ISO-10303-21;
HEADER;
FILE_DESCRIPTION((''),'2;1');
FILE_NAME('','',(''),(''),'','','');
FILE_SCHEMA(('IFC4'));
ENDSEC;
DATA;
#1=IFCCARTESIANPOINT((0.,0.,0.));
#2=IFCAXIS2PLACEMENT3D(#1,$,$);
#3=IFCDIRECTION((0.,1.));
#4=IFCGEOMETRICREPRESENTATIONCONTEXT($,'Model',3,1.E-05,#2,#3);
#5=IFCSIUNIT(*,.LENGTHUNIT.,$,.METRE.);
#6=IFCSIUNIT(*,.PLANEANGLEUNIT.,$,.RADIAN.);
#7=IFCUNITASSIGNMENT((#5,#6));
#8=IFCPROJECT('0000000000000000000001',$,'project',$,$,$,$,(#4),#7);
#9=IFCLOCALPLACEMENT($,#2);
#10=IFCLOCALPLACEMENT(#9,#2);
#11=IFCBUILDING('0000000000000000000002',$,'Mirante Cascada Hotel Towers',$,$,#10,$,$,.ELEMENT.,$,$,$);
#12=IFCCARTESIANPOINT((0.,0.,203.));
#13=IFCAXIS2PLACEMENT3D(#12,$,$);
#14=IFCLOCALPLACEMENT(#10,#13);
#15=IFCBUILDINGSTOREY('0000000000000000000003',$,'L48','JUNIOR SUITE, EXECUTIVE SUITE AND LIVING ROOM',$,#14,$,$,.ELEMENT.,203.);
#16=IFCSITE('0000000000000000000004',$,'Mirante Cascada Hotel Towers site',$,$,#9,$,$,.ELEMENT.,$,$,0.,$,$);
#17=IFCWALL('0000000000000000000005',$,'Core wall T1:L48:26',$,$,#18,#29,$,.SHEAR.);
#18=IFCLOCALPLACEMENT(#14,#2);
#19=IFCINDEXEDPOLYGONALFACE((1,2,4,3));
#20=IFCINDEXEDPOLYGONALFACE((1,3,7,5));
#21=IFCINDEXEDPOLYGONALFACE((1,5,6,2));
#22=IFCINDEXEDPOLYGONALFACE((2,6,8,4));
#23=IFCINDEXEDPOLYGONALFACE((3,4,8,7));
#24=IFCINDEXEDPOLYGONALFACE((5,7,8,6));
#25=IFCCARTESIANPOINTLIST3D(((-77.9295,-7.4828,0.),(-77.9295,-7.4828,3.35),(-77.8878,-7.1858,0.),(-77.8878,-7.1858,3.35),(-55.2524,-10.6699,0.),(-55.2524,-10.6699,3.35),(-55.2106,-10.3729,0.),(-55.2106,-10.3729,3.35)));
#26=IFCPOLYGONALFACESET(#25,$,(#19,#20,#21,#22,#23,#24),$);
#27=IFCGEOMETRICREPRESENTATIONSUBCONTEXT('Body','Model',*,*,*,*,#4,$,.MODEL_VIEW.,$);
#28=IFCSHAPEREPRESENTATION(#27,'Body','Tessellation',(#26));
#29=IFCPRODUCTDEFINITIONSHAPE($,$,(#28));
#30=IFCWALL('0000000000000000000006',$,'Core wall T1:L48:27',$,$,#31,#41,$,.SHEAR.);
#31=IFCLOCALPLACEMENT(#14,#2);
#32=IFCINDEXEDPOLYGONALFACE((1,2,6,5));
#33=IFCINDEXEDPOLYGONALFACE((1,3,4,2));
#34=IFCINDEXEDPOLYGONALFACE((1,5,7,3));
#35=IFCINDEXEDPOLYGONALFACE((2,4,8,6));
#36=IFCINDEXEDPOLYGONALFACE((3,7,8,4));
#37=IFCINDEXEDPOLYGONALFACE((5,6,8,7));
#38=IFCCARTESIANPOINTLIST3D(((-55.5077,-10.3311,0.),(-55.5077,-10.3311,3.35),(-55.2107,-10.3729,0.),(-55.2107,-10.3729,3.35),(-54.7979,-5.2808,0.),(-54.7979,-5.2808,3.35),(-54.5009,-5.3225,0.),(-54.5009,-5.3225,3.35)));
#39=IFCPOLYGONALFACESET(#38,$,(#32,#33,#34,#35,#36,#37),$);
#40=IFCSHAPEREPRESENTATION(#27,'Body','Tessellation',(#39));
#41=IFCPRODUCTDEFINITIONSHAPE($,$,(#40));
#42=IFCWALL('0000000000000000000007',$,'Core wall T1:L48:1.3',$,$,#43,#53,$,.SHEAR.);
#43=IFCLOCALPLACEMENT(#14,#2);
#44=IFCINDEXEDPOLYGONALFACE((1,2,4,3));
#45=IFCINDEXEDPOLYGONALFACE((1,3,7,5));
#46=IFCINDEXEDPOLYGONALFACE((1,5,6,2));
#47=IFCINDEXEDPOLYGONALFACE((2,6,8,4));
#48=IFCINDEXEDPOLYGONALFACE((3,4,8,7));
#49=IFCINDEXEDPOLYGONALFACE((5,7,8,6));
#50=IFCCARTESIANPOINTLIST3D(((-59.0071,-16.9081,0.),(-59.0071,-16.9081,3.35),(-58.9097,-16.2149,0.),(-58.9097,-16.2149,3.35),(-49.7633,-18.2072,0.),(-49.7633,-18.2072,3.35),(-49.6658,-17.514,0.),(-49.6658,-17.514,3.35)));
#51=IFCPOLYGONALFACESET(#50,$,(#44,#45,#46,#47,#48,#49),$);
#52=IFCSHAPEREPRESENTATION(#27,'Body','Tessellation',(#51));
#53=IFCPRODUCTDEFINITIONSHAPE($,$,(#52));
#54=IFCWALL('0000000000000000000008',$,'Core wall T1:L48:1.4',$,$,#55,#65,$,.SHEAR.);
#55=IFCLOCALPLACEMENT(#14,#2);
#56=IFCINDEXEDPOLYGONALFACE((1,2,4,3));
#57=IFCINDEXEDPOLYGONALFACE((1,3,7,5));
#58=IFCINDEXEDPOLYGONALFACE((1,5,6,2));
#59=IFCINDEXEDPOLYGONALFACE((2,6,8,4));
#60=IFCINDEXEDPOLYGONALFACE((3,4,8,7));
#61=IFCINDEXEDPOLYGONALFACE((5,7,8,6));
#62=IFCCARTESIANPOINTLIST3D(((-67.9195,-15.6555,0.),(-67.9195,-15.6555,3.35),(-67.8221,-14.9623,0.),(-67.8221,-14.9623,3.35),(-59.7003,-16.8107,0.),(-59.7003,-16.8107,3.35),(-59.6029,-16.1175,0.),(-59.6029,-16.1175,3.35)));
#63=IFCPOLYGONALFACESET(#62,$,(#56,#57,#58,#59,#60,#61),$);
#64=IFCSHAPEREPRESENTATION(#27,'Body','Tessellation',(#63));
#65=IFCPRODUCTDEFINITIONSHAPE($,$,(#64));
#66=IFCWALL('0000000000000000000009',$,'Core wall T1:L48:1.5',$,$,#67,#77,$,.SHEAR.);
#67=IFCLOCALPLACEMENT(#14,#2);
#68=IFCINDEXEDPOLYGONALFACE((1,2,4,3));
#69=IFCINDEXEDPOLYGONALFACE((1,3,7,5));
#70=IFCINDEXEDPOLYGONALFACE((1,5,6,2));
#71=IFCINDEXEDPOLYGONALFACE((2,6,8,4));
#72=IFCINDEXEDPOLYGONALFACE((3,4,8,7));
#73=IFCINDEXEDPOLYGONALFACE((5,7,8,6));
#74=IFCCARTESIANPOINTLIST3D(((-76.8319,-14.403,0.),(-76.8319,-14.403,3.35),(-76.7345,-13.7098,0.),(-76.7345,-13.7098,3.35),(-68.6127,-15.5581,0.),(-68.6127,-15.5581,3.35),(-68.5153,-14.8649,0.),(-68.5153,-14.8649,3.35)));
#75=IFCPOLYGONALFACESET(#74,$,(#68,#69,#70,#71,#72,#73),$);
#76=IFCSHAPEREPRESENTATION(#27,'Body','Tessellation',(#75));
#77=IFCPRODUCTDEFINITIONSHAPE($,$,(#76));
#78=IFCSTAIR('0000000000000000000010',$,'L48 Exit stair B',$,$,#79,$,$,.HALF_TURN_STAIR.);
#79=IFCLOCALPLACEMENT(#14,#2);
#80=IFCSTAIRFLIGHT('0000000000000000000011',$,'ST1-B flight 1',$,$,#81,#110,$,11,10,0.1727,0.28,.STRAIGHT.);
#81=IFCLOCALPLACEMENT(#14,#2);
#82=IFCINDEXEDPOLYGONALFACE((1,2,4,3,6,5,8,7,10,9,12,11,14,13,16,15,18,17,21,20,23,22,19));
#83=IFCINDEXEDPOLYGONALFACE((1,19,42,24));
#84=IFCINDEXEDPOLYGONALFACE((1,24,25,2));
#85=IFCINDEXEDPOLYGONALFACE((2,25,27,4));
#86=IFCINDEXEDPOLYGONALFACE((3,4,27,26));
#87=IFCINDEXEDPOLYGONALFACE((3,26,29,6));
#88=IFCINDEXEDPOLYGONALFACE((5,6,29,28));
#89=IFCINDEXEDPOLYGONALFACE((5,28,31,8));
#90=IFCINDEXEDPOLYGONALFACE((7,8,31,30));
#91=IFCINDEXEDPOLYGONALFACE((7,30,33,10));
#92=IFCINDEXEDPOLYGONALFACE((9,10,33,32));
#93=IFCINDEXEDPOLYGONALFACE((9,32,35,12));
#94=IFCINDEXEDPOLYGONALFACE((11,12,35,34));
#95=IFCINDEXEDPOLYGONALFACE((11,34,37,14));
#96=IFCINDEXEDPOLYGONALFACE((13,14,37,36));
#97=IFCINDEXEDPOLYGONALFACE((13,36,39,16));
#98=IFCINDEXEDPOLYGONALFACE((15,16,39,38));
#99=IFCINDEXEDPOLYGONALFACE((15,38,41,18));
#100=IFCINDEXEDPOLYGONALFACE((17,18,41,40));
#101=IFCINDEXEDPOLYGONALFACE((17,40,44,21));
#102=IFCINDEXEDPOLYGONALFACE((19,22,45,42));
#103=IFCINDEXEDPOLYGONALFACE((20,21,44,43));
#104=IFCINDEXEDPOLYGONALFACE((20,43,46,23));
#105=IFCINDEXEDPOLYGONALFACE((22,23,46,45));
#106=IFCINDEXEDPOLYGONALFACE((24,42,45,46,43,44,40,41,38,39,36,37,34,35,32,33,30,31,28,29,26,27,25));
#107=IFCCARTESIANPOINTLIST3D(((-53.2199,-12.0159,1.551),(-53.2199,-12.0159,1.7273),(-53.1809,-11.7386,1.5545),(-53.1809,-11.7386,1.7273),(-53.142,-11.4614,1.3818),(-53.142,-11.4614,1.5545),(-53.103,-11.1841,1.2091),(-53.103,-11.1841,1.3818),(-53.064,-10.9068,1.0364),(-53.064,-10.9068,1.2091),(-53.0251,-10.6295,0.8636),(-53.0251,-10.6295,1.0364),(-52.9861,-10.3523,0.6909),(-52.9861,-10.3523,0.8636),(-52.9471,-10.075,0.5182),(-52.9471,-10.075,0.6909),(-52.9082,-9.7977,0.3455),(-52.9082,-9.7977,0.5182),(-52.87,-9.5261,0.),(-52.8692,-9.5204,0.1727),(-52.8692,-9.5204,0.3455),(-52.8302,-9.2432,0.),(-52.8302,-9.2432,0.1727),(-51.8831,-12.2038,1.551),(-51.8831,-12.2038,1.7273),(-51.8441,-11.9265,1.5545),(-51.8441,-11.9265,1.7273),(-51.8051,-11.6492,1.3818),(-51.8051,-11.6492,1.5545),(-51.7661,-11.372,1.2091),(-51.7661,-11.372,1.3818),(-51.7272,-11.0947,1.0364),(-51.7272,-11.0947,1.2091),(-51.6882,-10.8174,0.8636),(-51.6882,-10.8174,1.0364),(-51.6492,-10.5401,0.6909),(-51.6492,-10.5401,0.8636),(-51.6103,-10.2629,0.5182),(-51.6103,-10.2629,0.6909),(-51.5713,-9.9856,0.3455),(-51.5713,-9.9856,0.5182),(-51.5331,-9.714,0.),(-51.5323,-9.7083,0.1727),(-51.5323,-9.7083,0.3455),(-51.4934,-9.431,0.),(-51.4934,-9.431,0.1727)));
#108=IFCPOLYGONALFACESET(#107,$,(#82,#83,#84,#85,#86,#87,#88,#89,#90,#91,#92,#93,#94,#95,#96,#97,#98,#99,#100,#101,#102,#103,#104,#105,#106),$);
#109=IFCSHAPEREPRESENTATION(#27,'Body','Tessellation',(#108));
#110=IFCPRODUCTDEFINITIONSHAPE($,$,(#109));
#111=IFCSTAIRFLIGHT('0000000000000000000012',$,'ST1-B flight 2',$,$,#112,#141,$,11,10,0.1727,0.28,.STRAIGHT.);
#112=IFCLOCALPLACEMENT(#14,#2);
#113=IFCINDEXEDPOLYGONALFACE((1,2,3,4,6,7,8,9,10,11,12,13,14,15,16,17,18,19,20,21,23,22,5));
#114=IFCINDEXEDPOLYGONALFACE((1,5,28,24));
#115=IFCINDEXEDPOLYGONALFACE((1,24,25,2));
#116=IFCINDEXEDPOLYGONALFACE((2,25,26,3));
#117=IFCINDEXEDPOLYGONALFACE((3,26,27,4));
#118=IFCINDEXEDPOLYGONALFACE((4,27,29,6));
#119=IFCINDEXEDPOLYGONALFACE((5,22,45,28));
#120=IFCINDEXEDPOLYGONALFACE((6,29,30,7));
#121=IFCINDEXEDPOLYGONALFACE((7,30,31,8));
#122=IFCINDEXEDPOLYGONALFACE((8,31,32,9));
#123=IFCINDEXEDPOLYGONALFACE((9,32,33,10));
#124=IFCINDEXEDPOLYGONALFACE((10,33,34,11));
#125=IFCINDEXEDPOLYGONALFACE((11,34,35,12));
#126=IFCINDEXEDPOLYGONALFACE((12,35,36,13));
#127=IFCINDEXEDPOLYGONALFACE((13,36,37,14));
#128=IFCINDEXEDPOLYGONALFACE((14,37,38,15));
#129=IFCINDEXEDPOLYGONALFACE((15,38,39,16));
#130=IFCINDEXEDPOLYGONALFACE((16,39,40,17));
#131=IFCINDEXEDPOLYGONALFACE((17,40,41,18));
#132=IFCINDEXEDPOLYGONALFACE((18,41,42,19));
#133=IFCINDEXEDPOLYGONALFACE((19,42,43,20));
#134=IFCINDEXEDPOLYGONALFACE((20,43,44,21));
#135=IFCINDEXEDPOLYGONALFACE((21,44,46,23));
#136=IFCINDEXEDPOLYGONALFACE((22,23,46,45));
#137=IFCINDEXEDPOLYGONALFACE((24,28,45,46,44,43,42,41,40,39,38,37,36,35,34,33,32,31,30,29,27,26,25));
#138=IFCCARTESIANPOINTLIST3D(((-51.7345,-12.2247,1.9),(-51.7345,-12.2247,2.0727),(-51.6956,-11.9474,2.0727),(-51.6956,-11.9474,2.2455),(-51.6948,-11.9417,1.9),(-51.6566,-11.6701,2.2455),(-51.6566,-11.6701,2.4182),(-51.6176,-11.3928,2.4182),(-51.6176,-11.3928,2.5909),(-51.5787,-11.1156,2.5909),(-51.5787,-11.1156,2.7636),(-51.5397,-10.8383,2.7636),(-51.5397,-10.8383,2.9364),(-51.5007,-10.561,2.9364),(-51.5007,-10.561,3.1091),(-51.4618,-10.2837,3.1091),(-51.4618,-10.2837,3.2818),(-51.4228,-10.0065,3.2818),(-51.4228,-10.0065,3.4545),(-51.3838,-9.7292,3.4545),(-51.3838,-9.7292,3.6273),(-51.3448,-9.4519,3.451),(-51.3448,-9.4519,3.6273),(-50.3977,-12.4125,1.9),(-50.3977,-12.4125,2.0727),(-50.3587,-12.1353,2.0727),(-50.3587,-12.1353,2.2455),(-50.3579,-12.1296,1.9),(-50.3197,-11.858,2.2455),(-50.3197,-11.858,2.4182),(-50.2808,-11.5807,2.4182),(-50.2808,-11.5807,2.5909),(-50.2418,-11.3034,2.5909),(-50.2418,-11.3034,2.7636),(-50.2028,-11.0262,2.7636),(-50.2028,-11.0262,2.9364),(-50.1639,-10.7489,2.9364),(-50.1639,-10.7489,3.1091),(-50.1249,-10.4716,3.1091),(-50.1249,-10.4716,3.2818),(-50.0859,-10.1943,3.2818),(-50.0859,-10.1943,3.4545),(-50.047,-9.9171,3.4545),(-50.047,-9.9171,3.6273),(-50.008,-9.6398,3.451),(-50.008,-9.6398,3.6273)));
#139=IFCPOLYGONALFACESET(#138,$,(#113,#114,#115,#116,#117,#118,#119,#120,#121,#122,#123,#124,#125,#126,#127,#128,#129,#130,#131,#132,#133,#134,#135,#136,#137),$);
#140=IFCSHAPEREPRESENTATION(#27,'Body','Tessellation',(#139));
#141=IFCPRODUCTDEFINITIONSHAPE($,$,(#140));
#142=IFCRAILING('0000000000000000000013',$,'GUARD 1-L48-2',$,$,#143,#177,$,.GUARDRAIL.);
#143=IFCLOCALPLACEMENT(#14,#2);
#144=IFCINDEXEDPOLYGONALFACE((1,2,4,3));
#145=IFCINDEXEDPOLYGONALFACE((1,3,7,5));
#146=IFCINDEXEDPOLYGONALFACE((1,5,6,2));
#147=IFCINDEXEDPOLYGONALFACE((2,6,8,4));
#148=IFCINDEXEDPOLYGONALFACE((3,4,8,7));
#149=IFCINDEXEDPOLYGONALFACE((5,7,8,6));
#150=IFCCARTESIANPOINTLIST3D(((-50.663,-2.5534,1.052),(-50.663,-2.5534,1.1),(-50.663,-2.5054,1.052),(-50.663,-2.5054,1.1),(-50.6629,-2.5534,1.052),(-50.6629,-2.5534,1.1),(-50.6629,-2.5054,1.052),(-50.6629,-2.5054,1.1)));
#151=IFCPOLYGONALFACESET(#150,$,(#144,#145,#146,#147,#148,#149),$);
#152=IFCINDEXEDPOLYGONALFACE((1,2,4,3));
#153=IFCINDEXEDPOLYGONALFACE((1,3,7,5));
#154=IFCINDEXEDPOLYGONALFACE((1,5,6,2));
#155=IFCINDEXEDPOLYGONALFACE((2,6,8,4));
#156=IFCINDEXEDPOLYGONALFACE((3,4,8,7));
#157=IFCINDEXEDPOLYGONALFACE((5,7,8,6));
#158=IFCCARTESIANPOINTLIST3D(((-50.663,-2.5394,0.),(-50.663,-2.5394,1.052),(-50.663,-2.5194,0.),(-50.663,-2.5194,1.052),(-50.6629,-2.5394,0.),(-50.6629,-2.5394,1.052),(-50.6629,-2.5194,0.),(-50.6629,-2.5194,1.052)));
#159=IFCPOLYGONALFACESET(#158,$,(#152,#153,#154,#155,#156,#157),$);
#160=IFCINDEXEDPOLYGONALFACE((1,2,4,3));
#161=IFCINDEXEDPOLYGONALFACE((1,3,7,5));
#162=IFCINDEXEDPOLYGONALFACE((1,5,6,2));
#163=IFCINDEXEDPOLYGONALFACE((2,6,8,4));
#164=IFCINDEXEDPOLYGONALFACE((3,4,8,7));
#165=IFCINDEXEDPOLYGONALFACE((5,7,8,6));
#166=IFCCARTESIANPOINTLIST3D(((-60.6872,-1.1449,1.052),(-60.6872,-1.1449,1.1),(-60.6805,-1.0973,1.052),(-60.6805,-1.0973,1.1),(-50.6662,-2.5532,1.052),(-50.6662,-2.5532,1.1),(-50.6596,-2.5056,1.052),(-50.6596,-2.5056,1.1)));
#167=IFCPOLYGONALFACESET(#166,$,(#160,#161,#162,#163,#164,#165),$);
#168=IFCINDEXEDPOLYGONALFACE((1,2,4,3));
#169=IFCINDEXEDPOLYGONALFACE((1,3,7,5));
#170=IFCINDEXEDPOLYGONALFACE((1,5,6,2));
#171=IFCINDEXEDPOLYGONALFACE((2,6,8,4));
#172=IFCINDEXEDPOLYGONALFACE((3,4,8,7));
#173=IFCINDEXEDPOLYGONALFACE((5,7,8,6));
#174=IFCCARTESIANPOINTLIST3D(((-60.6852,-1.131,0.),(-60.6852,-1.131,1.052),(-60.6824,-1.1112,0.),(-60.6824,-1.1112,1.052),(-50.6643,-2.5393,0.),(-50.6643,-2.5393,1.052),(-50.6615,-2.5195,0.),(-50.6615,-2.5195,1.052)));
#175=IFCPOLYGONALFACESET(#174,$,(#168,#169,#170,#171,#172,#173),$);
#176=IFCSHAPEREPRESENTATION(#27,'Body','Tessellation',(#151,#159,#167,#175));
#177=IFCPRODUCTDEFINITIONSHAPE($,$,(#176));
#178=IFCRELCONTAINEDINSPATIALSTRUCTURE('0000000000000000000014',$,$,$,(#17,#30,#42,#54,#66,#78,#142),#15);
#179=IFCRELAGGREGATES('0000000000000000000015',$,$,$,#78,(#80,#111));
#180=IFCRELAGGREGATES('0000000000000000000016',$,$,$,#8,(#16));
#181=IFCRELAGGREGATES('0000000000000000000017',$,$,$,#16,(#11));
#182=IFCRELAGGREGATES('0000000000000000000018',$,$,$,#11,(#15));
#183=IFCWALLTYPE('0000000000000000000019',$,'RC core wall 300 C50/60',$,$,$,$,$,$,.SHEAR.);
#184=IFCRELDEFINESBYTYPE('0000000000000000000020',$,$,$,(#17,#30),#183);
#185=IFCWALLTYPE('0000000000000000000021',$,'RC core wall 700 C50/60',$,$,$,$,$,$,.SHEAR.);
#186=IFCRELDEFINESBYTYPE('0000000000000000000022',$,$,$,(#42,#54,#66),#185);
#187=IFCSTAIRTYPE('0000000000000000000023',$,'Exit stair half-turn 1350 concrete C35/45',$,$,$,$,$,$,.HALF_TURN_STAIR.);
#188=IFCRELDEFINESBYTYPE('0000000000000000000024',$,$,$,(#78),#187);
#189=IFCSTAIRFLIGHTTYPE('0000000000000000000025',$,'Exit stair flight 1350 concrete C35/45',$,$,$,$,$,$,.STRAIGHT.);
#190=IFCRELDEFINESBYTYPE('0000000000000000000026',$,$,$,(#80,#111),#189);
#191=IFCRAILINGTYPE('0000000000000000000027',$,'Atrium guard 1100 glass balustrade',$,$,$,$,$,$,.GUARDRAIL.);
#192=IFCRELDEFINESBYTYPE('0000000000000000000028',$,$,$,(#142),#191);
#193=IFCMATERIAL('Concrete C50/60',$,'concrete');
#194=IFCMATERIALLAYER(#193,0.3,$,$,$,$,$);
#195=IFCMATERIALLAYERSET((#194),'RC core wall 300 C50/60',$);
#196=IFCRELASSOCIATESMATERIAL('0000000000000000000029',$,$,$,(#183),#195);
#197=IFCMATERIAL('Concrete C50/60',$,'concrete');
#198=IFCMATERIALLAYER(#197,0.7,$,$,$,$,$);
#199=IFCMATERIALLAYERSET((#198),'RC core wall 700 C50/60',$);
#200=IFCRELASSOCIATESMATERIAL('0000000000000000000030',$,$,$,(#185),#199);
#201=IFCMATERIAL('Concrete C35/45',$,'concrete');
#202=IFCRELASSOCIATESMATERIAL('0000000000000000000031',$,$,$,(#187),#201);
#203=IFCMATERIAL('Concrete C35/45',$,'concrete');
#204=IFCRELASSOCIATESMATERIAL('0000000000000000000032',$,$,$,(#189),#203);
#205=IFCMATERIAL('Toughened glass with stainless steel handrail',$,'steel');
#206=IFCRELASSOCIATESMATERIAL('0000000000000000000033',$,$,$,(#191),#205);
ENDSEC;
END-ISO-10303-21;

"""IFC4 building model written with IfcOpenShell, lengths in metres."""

from ifc_helpers import new_model, si_unit, direction, frame, frame_2d, origin, origin_2d, place, context, subcontext, project, spatial, polyline, rectangle, outline, extrude, material, layer, layer_set, type_object, element, aggregate, save


model = new_model("IFC4")

# Units and contexts
model_context = context("Model", 3, precision=1e-05, world=origin(), true_north=direction((0.0, 1.0)))
body_context = subcontext(model_context, "Body", "Model", "MODEL_VIEW")
ifc_project = project(units=[si_unit("LENGTHUNIT", "METRE"), si_unit("PLANEANGLEUNIT", "RADIAN")], contexts=[model_context])

# Site, building, storey
site_placement = place(None, origin())
site = spatial("IfcSite", under=ifc_project, at=site_placement, Name="Mirante Cascada Hotel Towers site", CompositionType="ELEMENT", RefElevation=0.0)
building_placement = place(site_placement, origin())
building = spatial("IfcBuilding", under=site, at=building_placement, Name="Mirante Cascada Hotel Towers", CompositionType="ELEMENT")
storey_placement = place(building_placement, frame((0.0, 0.0, 203.0)))
storey = spatial("IfcBuildingStorey", under=building, at=storey_placement, Name="L48", Description="JUNIOR SUITE, EXECUTIVE SUITE AND LIVING ROOM", CompositionType="ELEMENT", Elevation=203.0)

# Shared definitions
ifc_material_1 = material(Name="Concrete C50/60", Category="concrete")
ifc_layer_1 = layer(ifc_material_1, 0.3)
ifc_layer_set_1 = layer_set([ifc_layer_1], Name="RC core wall 300 C50/60")
wall_type_1 = type_object("IfcWallType", Name="RC core wall 300 C50/60", PredefinedType="SHEAR", material=ifc_layer_set_1)

# Walls
wall_1_placement = place(storey_placement, frame((-55.2315, -10.5214, 0.0), z_axis=(0.0, 0.0, 1.0), x_axis=(-0.990268, 0.139175, 0.0)))
element("IfcWall", 1, at=wall_1_placement, inside=storey, type_object=wall_type_1, Name="Core wall T1:L48:26", PredefinedType="SHEAR", context=body_context, shape_type="SweptSolid", body=[
    extrude(rectangle(XDim=22.9, YDim=0.3, at=frame_2d((11.45, 0.0))), origin(), (0.0, 0.0, 1.0), 3.35),
])
wall_2_placement = place(storey_placement, frame((-55.3592, -10.352, 0.0), z_axis=(0.0, 0.0, 1.0), x_axis=(0.139176, 0.990268, 0.0)))
element("IfcWall", 2, at=wall_2_placement, inside=storey, type_object=wall_type_1, Name="Core wall T1:L48:27", PredefinedType="SHEAR", context=body_context, shape_type="SweptSolid", body=[
    extrude(rectangle(XDim=5.1, YDim=0.3, at=frame_2d((2.55, 0.0))), origin(), (0.0, 0.0, 1.0), 3.35),
])
ifc_material_2 = material(Name="Concrete C50/60", Category="concrete")
ifc_layer_2 = layer(ifc_material_2, 0.7)
ifc_layer_set_2 = layer_set([ifc_layer_2], Name="RC core wall 700 C50/60")
wall_type_2 = type_object("IfcWallType", Name="RC core wall 700 C50/60", PredefinedType="SHEAR", material=ifc_layer_set_2)
wall_3_placement = place(storey_placement, frame((-49.7145, -17.8606, 0.0), z_axis=(0.0, 0.0, 1.0), x_axis=(-0.990269, 0.139168, 0.0)))
element("IfcWall", 3, at=wall_3_placement, inside=storey, type_object=wall_type_2, Name="Core wall T1:L48:1.3", PredefinedType="SHEAR", context=body_context, shape_type="SweptSolid", body=[
    extrude(rectangle(XDim=9.3347, YDim=0.7, at=frame_2d((4.6674, 0.0))), origin(), (0.0, 0.0, 1.0), 3.35),
])
for number, where, z_axis, x_axis, name in (
    (4, (-59.6516, -16.4641, 0.0), (0.0, 0.0, 1.0), (-0.990267, 0.139181, 0.0), "Core wall T1:L48:1.4"),
    (5, (-68.564, -15.2115, 0.0), (0.0, 0.0, 1.0), (-0.990269, 0.139169, 0.0), "Core wall T1:L48:1.5"),
):
    element("IfcWall", number, at=place(storey_placement, frame(where, z_axis=z_axis, x_axis=x_axis)), inside=storey, type_object=wall_type_2, Name=name, PredefinedType="SHEAR", context=body_context, shape_type="SweptSolid", body=[
        extrude(rectangle(XDim=8.3, YDim=0.7, at=frame_2d((4.15, 0.0))), origin(), (0.0, 0.0, 1.0), 3.35),
    ])

# Stair, stair flights
ifc_material_3 = material(Name="Concrete C35/45", Category="concrete")
stair_type = type_object("IfcStairType", Name="Exit stair half-turn 1350 concrete C35/45", PredefinedType="HALF_TURN_STAIR", material=ifc_material_3)
stair_placement = place(storey_placement, origin())
stair = element("IfcStair", 6, at=stair_placement, inside=storey, type_object=stair_type, Name="L48 Exit stair B", PredefinedType="HALF_TURN_STAIR")
ifc_material_4 = material(Name="Concrete C35/45", Category="concrete")
stair_flight_type = type_object("IfcStairFlightType", Name="Exit stair flight 1350 concrete C35/45", PredefinedType="STRAIGHT", material=ifc_material_4)
stair_flight_1_placement = place(storey_placement, frame((-52.1618, -9.3371, 0.0), z_axis=(0.0, 0.0, 1.0), x_axis=(-0.139173, -0.990268, 0.0)))
stair_flight_1 = element("IfcStairFlight", 7, at=stair_flight_1_placement, type_object=stair_flight_type, Name="ST1-B flight 1", NumberOfRisers=11, NumberOfTreads=10, PredefinedType="STRAIGHT", RiserHeight=0.1727, TreadLength=0.28, context=body_context, shape_type="SweptSolid", body=[
    extrude(outline(polyline([(0.0, 0.0), (0.0, 0.1727), (0.28, 0.1727), (0.28, 0.3455), (0.56, 0.3455), (0.56, 0.5182), (0.84, 0.5182), (0.84, 0.6909), (1.12, 0.6909), (1.12, 0.8636), (1.4, 0.8636), (1.4, 1.0364), (1.68, 1.0364), (1.68, 1.2091), (1.96, 1.2091), (1.96, 1.3818), (2.24, 1.3818), (2.24, 1.5545), (2.52, 1.5545), (2.52, 1.7273), (2.8, 1.7273), (2.8, 1.9), (2.8, 1.551), (0.2857, 0.0), (0.0, 0.0)])), frame((0.0, 0.675, 0.0), z_axis=(0.0, -1.0, 0.0), x_axis=(1.0, 0.0, 0.0)), (0.0, 0.0, 1.0), 1.35),
])
stair_flight_2_placement = place(storey_placement, frame((-51.0661, -12.3186, 1.9), z_axis=(0.0, 0.0, 1.0), x_axis=(0.139173, 0.990268, 0.0)))
stair_flight_2 = element("IfcStairFlight", 8, at=stair_flight_2_placement, type_object=stair_flight_type, Name="ST1-B flight 2", NumberOfRisers=11, NumberOfTreads=10, PredefinedType="STRAIGHT", RiserHeight=0.1727, TreadLength=0.28, context=body_context, shape_type="SweptSolid", body=[
    extrude(outline(polyline([(0.0, 0.0), (0.0, 0.1727), (0.28, 0.1727), (0.28, 0.3455), (0.56, 0.3455), (0.56, 0.5182), (0.84, 0.5182), (0.84, 0.6909), (1.12, 0.6909), (1.12, 0.8636), (1.4, 0.8636), (1.4, 1.0364), (1.68, 1.0364), (1.68, 1.2091), (1.96, 1.2091), (1.96, 1.3818), (2.24, 1.3818), (2.24, 1.5545), (2.52, 1.5545), (2.52, 1.7273), (2.8, 1.7273), (2.8, 1.9), (2.8, 1.551), (0.2857, 0.0), (0.0, 0.0)])), frame((0.0, 0.675, 0.0), z_axis=(0.0, -1.0, 0.0), x_axis=(1.0, 0.0, 0.0)), (0.0, 0.0, 1.0), 1.35),
])
aggregate(stair, [stair_flight_1, stair_flight_2])

# Railing
ifc_material_5 = material(Name="Toughened glass with stainless steel handrail", Category="steel")
railing_type_1 = type_object("IfcRailingType", Name="Atrium guard 1100 glass balustrade", PredefinedType="GUARDRAIL", material=ifc_material_5)
railing_1_placement = place(storey_placement, frame((-50.663, -2.5294, 0.0)))
element("IfcRailing", 9, at=railing_1_placement, inside=storey, type_object=railing_type_1, Name="GUARD 1-L48-2", PredefinedType="GUARDRAIL", context=body_context, shape_type="SweptSolid", body=[
    extrude(rectangle(XDim=0.048, YDim=0.048, at=origin_2d()), frame((0.0, 0.0, 1.076), z_axis=(1.0, 0.0, 0.0), x_axis=(0.0, 1.0, 0.0)), (0.0, 0.0, 1.0), 0.0001),
    extrude(rectangle(XDim=0.02, YDim=1.052, at=origin_2d()), frame((0.0, 0.0, 0.526), z_axis=(1.0, 0.0, 0.0), x_axis=(0.0, 1.0, 0.0)), (0.0, 0.0, 1.0), 0.0001),
    extrude(rectangle(XDim=0.048, YDim=0.048, at=origin_2d()), frame((0.0001, 0.0, 1.076), z_axis=(-0.990269, 0.139169, 0.0), x_axis=(-0.139169, -0.990269, 0.0)), (0.0, 0.0, 1.0), 10.1194),
    extrude(rectangle(XDim=0.02, YDim=1.052, at=origin_2d()), frame((0.0001, 0.0, 0.526), z_axis=(-0.990269, 0.139169, 0.0), x_axis=(-0.139169, -0.990269, 0.0)), (0.0, 0.0, 1.0), 10.1194),
])

save(model, "model.ifc")
